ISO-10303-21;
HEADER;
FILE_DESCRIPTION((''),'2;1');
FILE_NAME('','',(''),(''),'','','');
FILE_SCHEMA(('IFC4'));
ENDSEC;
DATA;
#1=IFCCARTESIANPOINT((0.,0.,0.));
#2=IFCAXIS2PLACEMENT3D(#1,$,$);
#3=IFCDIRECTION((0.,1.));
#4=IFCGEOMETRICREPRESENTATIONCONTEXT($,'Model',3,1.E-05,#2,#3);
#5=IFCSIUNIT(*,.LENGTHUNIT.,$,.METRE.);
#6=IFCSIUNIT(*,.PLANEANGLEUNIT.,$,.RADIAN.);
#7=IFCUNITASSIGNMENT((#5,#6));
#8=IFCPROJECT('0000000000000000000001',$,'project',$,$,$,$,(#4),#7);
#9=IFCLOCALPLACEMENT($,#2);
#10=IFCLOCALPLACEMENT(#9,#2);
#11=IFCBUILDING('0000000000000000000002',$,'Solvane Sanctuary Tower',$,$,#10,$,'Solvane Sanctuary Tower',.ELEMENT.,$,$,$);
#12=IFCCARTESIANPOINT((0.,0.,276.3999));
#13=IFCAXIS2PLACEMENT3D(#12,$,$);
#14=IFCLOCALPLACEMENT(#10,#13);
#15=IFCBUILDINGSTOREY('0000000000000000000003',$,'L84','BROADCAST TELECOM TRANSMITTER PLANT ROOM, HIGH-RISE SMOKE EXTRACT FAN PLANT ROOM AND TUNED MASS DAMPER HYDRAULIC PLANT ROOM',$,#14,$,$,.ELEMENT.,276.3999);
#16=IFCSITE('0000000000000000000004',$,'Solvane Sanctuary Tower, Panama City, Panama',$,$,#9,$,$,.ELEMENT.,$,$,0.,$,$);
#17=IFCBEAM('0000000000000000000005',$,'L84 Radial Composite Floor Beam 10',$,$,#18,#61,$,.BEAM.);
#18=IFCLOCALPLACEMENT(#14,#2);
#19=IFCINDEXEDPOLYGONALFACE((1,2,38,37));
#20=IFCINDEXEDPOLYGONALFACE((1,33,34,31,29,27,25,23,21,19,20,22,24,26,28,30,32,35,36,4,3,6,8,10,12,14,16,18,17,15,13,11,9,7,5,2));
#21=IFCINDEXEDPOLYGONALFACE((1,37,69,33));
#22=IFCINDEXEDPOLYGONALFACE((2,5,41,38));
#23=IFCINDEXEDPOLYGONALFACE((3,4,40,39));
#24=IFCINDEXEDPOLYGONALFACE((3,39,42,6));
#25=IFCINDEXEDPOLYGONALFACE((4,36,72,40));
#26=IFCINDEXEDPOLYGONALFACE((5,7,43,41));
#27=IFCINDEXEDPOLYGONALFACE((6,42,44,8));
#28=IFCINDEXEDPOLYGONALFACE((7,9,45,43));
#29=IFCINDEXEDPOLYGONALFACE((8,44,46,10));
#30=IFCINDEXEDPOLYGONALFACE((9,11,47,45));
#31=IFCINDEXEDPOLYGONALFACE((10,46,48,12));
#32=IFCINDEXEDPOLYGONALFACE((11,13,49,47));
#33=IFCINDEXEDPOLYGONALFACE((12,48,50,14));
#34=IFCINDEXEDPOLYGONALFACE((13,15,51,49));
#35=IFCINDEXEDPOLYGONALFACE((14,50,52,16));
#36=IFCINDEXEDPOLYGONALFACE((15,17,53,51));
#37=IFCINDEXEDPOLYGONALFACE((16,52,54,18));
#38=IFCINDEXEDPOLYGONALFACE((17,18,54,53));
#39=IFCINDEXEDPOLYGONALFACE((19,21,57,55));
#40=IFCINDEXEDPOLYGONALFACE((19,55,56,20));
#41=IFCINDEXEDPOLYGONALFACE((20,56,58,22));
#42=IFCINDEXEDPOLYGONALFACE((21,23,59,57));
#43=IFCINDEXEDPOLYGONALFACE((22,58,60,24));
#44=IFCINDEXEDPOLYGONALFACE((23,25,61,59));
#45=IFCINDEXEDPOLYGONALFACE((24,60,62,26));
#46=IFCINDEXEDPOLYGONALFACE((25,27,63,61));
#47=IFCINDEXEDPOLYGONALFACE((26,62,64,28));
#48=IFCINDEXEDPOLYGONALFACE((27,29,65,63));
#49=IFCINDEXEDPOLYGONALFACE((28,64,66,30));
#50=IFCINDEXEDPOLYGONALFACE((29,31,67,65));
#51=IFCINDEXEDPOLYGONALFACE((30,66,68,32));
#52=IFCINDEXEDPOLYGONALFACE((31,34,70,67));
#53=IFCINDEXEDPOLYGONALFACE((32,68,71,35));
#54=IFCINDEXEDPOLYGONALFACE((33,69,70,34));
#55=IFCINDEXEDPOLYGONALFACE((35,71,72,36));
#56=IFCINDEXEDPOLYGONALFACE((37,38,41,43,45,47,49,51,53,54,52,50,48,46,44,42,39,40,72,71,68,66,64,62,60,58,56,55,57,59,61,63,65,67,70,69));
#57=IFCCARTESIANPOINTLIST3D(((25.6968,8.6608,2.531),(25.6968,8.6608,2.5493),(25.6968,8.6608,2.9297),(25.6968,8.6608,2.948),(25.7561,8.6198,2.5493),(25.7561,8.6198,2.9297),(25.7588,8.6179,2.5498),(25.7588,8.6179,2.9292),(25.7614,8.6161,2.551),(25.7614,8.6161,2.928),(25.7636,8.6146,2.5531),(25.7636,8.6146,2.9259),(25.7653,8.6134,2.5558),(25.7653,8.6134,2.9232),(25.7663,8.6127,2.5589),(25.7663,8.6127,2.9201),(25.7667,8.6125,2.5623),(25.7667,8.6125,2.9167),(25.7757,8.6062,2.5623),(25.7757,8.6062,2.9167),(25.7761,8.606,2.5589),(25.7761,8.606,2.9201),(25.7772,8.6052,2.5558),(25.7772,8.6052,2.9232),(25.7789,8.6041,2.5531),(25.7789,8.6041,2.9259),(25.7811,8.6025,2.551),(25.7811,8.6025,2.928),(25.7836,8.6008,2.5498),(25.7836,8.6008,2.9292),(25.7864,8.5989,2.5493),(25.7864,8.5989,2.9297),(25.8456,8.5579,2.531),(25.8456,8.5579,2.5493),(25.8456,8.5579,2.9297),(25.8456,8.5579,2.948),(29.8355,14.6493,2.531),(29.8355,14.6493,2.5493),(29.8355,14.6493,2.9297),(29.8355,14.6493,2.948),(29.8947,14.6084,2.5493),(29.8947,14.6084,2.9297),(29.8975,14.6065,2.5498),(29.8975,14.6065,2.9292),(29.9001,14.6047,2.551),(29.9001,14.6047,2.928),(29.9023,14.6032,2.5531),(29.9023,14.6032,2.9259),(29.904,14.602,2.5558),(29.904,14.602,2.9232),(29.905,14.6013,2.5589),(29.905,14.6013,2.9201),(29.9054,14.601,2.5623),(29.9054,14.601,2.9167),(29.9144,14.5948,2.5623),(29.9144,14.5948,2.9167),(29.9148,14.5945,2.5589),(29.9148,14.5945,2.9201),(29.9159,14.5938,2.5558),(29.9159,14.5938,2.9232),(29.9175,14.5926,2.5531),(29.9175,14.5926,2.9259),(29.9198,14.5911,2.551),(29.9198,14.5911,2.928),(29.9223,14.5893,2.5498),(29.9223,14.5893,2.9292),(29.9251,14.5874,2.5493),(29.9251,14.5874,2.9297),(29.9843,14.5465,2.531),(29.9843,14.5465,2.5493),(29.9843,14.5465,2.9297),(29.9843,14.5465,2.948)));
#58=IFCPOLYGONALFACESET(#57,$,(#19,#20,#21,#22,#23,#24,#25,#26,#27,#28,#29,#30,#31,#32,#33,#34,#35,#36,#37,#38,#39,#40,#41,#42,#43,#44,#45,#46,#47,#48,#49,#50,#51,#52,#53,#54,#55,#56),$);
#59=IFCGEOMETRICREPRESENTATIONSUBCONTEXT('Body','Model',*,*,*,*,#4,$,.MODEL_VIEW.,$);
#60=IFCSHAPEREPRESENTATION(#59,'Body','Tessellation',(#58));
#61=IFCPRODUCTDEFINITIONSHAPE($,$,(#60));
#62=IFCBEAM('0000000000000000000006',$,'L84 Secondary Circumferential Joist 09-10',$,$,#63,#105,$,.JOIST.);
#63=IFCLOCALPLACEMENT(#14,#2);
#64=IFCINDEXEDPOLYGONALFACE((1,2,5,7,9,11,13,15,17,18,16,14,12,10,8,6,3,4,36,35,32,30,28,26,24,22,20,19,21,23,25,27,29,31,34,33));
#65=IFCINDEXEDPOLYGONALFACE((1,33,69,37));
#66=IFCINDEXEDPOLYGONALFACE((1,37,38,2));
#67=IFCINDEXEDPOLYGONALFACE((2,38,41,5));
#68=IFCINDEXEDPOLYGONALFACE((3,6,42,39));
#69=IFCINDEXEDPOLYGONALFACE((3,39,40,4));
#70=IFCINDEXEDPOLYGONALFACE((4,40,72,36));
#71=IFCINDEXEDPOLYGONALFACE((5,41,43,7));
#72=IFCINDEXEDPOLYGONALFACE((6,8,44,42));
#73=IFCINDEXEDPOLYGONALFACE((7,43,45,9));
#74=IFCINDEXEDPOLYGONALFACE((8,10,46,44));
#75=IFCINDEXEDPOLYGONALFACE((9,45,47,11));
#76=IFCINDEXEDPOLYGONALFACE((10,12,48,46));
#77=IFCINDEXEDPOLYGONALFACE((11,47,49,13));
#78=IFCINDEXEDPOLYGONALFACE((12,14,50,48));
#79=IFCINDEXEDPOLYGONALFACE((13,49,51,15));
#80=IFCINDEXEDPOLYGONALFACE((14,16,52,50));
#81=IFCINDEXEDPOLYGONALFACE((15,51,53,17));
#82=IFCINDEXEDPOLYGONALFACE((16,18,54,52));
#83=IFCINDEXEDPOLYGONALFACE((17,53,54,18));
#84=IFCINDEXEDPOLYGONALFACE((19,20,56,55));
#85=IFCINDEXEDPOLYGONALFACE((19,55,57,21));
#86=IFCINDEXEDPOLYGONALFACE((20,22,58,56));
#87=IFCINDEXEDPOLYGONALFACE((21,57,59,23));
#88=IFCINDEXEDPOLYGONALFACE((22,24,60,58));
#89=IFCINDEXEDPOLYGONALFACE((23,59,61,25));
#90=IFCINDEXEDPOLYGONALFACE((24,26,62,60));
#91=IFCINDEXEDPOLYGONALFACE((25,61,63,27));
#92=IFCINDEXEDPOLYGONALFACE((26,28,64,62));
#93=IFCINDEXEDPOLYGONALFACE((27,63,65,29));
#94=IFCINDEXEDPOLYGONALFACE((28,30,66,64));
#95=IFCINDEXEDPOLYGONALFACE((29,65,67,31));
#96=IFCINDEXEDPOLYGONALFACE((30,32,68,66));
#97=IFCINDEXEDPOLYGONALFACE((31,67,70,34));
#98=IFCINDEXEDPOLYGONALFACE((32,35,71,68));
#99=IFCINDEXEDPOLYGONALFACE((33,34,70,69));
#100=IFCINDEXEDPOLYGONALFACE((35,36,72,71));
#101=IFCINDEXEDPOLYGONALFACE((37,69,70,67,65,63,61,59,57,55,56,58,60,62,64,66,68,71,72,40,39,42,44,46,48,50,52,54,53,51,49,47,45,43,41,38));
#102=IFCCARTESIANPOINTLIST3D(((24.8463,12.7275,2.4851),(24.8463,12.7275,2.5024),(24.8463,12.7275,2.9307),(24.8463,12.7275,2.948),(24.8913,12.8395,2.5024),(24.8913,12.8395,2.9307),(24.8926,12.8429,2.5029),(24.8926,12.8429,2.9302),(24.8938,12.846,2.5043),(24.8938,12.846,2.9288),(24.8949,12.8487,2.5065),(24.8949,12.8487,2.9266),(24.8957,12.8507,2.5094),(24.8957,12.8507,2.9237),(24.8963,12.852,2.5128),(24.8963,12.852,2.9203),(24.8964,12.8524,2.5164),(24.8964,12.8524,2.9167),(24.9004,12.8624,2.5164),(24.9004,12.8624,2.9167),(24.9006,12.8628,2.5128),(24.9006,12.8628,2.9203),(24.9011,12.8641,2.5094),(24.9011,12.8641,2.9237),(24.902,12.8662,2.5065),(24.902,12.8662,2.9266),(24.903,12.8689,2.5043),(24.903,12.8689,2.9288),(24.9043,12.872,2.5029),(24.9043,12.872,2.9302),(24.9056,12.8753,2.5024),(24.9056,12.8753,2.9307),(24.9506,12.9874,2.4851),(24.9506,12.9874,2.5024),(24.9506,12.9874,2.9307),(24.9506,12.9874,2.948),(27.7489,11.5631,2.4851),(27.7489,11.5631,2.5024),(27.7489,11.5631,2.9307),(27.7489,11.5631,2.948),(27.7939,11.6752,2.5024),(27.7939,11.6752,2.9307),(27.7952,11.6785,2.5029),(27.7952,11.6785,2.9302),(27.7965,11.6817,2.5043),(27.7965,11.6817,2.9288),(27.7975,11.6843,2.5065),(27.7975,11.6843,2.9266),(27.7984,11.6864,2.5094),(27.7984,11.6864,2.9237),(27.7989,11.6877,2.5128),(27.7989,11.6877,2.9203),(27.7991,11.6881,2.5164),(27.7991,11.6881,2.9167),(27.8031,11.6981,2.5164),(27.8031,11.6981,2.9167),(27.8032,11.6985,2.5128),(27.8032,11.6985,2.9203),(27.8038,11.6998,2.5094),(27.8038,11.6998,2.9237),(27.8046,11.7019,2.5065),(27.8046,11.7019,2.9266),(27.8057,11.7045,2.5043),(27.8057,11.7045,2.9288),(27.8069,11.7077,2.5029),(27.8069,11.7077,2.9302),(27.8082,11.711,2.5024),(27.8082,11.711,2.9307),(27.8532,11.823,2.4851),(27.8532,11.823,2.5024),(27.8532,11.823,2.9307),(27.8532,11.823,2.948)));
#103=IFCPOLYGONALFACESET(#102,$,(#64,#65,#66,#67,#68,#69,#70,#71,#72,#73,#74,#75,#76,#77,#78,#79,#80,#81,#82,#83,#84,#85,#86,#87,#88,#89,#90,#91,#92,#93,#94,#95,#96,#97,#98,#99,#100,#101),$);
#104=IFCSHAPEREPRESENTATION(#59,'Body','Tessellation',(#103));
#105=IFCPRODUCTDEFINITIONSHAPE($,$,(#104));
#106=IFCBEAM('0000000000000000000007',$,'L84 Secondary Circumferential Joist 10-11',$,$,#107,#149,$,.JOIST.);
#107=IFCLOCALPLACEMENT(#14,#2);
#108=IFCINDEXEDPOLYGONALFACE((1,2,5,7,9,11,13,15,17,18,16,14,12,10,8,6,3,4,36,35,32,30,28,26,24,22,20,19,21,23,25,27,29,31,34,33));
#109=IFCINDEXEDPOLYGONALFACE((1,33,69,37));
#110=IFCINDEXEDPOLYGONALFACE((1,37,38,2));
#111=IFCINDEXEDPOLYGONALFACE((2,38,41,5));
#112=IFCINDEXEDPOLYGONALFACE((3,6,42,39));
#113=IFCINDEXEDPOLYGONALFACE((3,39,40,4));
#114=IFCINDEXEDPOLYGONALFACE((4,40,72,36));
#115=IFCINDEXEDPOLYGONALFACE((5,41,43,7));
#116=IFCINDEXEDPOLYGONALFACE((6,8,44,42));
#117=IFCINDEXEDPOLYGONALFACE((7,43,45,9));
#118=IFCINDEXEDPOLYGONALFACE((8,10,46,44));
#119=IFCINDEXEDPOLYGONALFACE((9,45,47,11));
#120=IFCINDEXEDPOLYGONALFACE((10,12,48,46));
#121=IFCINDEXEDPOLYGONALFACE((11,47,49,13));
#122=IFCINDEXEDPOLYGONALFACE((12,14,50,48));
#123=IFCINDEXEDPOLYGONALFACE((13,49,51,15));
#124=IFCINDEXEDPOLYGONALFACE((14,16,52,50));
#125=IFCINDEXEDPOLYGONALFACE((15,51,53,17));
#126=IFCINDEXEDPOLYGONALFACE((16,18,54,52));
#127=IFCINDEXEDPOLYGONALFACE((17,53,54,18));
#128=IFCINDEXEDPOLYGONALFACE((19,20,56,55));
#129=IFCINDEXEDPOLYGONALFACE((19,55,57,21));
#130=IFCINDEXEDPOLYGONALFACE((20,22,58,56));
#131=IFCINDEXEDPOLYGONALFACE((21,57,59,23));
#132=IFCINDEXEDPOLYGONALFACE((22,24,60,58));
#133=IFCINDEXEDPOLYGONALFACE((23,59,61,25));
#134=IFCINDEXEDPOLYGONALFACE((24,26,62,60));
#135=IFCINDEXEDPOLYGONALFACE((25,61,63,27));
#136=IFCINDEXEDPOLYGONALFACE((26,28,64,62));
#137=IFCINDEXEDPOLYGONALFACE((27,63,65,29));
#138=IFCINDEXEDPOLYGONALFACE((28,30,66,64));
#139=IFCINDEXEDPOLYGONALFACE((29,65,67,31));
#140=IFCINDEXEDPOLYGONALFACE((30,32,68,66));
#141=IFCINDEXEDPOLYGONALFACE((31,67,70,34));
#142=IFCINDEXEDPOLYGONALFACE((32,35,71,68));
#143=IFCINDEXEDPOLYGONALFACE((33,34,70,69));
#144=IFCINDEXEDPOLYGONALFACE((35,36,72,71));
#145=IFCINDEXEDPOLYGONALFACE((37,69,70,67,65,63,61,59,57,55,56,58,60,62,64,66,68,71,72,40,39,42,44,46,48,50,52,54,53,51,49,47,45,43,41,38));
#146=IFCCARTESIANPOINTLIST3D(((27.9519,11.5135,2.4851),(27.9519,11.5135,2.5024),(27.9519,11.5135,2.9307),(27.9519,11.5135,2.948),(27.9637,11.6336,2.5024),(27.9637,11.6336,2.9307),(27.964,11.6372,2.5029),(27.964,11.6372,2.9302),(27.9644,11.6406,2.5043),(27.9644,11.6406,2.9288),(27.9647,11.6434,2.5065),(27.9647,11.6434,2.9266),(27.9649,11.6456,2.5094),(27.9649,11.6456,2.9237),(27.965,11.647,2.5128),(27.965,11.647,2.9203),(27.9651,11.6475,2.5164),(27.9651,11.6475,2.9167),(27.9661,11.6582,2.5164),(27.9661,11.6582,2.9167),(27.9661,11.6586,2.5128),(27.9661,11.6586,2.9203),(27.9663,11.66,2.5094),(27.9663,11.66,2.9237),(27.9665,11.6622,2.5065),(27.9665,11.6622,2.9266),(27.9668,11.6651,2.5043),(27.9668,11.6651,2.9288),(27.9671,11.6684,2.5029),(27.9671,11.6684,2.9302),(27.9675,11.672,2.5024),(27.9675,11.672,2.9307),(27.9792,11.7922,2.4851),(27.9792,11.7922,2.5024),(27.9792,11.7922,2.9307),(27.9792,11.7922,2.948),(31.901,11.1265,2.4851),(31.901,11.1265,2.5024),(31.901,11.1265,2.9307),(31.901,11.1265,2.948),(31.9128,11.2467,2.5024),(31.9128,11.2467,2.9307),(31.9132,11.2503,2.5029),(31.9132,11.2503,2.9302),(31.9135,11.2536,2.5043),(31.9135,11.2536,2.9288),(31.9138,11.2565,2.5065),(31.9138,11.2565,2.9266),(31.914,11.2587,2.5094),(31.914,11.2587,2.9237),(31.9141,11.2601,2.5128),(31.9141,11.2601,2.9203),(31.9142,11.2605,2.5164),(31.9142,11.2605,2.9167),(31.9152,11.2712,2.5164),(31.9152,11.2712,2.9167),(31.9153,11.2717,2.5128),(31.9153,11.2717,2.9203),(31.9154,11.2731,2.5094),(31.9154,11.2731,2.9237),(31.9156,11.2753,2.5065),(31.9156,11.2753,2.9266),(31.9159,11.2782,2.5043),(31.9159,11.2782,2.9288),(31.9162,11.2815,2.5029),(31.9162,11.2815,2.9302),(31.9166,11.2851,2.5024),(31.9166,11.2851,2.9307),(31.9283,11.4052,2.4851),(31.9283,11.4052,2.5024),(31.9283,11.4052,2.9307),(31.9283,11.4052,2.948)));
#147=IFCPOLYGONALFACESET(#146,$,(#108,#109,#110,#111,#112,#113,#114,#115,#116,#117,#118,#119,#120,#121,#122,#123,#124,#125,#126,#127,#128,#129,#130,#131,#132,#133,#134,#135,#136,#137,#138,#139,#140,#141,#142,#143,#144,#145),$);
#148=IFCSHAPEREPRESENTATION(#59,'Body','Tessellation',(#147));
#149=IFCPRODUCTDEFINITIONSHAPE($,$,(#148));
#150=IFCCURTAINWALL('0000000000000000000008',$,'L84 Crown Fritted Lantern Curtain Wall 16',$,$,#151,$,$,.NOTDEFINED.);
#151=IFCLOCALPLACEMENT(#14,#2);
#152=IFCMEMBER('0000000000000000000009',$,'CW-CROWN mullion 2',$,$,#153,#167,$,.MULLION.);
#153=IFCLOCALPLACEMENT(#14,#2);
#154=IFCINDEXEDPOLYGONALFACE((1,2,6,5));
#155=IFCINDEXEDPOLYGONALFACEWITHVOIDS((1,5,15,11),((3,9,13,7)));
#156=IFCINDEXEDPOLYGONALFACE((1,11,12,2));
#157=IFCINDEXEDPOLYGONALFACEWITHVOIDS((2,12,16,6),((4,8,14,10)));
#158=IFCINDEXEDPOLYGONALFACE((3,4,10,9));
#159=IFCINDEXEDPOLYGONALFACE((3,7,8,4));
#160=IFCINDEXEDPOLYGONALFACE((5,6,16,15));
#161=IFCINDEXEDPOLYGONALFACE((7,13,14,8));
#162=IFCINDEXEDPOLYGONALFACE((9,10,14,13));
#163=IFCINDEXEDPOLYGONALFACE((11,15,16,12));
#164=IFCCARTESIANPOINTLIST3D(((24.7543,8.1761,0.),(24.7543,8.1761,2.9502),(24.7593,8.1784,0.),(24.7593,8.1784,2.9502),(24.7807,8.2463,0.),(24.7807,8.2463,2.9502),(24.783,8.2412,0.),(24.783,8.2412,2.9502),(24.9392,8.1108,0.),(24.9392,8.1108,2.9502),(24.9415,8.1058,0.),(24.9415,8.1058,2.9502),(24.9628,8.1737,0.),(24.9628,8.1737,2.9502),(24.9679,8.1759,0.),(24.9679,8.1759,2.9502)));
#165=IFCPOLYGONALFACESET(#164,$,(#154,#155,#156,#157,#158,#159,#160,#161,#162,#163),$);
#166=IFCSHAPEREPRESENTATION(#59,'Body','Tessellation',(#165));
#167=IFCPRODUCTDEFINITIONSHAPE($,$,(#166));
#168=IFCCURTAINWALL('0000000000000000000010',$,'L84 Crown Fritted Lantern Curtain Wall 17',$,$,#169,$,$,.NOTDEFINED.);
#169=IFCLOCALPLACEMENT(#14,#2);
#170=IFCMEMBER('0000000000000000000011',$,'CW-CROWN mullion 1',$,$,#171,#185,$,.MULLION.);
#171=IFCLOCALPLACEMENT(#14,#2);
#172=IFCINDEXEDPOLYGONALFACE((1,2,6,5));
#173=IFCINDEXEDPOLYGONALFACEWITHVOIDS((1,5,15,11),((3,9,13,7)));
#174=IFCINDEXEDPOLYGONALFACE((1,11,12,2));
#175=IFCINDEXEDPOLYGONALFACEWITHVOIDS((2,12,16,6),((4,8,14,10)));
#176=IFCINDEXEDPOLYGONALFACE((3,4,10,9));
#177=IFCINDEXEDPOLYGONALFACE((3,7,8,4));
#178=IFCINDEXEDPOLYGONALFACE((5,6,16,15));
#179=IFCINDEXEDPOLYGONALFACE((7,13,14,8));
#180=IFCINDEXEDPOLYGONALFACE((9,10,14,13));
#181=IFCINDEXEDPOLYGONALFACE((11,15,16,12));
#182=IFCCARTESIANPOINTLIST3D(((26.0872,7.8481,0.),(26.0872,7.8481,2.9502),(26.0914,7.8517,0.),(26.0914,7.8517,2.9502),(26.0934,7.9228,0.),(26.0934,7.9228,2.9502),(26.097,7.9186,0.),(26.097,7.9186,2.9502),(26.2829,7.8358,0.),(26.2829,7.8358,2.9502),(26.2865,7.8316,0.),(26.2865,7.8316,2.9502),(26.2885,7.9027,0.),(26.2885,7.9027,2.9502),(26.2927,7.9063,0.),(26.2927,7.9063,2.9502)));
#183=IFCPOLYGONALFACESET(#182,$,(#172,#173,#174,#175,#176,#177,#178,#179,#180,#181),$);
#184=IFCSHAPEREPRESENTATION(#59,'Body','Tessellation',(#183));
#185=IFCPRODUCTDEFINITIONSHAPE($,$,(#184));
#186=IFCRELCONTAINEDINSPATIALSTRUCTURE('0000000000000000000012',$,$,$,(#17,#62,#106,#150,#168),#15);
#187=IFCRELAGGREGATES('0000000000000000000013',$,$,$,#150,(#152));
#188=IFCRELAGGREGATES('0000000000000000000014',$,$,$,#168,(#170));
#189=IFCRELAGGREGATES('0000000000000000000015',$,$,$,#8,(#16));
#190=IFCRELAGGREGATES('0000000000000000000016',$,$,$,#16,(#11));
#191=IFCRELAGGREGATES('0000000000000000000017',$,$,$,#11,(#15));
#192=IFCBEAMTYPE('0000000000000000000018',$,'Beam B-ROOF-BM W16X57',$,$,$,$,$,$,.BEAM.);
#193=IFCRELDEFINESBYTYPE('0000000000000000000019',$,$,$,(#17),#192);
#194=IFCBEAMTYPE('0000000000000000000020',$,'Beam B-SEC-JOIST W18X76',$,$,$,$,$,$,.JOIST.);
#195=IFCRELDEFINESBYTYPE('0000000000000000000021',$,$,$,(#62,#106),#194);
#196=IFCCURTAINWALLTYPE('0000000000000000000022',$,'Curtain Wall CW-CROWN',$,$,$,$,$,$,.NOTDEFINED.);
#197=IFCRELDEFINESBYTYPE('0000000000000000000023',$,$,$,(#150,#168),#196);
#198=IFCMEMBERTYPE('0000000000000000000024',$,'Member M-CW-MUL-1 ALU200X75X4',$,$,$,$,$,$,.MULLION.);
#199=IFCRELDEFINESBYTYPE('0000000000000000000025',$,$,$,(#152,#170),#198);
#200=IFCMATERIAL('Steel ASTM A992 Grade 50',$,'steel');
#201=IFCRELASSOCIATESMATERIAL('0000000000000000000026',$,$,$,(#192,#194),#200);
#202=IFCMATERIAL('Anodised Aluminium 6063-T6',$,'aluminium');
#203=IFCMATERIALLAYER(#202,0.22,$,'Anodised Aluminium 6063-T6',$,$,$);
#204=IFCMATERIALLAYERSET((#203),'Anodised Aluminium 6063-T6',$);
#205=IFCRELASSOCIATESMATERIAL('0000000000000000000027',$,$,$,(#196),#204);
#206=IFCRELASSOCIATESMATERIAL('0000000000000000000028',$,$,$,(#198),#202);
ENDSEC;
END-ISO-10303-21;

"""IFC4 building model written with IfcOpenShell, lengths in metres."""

from ifc_helpers import new_model, si_unit, direction, frame, origin, origin_2d, place, context, subcontext, project, spatial, hollow_rectangle, i_section, extrude, material, layer, layer_set, material_profile, profile_set, type_object, element, aggregate, save


model = new_model("IFC4")

# Units and contexts
model_context = context("Model", 3, precision=1e-05, world=origin(), true_north=direction((0.0, 1.0)))
body_context = subcontext(model_context, "Body", "Model", "MODEL_VIEW")
ifc_project = project(units=[si_unit("LENGTHUNIT", "METRE"), si_unit("PLANEANGLEUNIT", "RADIAN")], contexts=[model_context])

# Site, building, storey
site_placement = place(None, origin())
site = spatial("IfcSite", under=ifc_project, at=site_placement, Name="Solvane Sanctuary Tower, Panama City, Panama", CompositionType="ELEMENT", RefElevation=0.0)
building_placement = place(site_placement, origin())
building = spatial("IfcBuilding", under=site, at=building_placement, Name="Solvane Sanctuary Tower", LongName="Solvane Sanctuary Tower", CompositionType="ELEMENT")
storey_placement = place(building_placement, frame((0.0, 0.0, 276.3999)))
storey = spatial("IfcBuildingStorey", under=building, at=storey_placement, Name="L84", Description="BROADCAST TELECOM TRANSMITTER PLANT ROOM, HIGH-RISE SMOKE EXTRACT FAN PLANT ROOM AND TUNED MASS DAMPER HYDRAULIC PLANT ROOM", CompositionType="ELEMENT", Elevation=276.3999)

# Beams
ifc_material_1 = material(Name="Steel ASTM A992 Grade 50", Category="steel")
ifc_material_profile_1 = material_profile(ifc_material_1, i_section(OverallWidth=0.1809, OverallDepth=0.417, WebThickness=0.011, FlangeThickness=0.0183, FilletRadius=0.0129, at=origin_2d()), Name="W16X57")
ifc_profile_set_1 = profile_set([ifc_material_profile_1], Name="Steel ASTM A992 Grade 50")
beam_type_1 = type_object("IfcBeamType", Name="Beam B-ROOF-BM W16X57", PredefinedType="BEAM", material=ifc_profile_set_1)
beam_1_placement = place(storey_placement, frame((29.9099, 14.5979, 2.7395), z_axis=(-0.568538, -0.822657, 0.0), x_axis=(0.822657, -0.568538, 0.0)))
element("IfcBeam", 1, at=beam_1_placement, inside=storey, type_object=beam_type_1, Name="L84 Radial Composite Floor Beam 10", PredefinedType="BEAM", context=body_context, shape_type="SweptSolid", body=[
    extrude(i_section(OverallWidth=0.1809, OverallDepth=0.417, WebThickness=0.011, FlangeThickness=0.0183, FilletRadius=0.0129, at=origin_2d()), origin(), (0.0, 0.0, 1.0), 7.2795),
])
ifc_material_profile_2 = material_profile(ifc_material_1, i_section(OverallWidth=0.28, OverallDepth=0.4629, WebThickness=0.0107, FlangeThickness=0.0173, FilletRadius=0.0139, at=origin_2d()), Name="W18X76")
ifc_profile_set_2 = profile_set([ifc_material_profile_2], Name="Steel ASTM A992 Grade 50")
beam_type_2 = type_object("IfcBeamType", Name="Beam B-SEC-JOIST W18X76", PredefinedType="JOIST", material=ifc_profile_set_2)
beam_2_placement = place(storey_placement, frame((24.8984, 12.8574, 2.7166), z_axis=(0.928116, -0.372292, 0.0), x_axis=(0.372292, 0.928116, 0.0)))
element("IfcBeam", 2, at=beam_2_placement, inside=storey, type_object=beam_type_2, Name="L84 Secondary Circumferential Joist 09-10", PredefinedType="JOIST", context=body_context, shape_type="SweptSolid", body=[
    extrude(i_section(OverallWidth=0.28, OverallDepth=0.4629, WebThickness=0.0107, FlangeThickness=0.0173, FilletRadius=0.0139, at=origin_2d()), origin(), (0.0, 0.0, 1.0), 3.1274),
])
beam_3_placement = place(storey_placement, frame((27.9656, 11.6528, 2.7166), z_axis=(0.995234, -0.097518, 0.0), x_axis=(0.097518, 0.995234, 0.0)))
element("IfcBeam", 3, at=beam_3_placement, inside=storey, type_object=beam_type_2, Name="L84 Secondary Circumferential Joist 10-11", PredefinedType="JOIST", context=body_context, shape_type="SweptSolid", body=[
    extrude(i_section(OverallWidth=0.28, OverallDepth=0.4629, WebThickness=0.0107, FlangeThickness=0.0173, FilletRadius=0.0139, at=origin_2d()), origin(), (0.0, 0.0, 1.0), 3.968),
])

# Curtain wall, member
ifc_material_2 = material(Name="Anodised Aluminium 6063-T6", Category="aluminium")
ifc_layer_1 = layer(ifc_material_2, 0.22, Name="Anodised Aluminium 6063-T6")
ifc_layer_set_1 = layer_set([ifc_layer_1], Name="Anodised Aluminium 6063-T6")
curtain_wall_type = type_object("IfcCurtainWallType", Name="Curtain Wall CW-CROWN", PredefinedType="NOTDEFINED", material=ifc_layer_set_1)
curtain_wall_1_placement = place(storey_placement, origin())
curtain_wall_1 = element("IfcCurtainWall", 4, at=curtain_wall_1_placement, inside=storey, type_object=curtain_wall_type, Name="L84 Crown Fritted Lantern Curtain Wall 16", PredefinedType="NOTDEFINED")
ifc_material_profile_3 = material_profile(ifc_material_2, hollow_rectangle(XDim=0.075, YDim=0.2, WallThickness=0.0039, at=origin_2d()), Name="ALU200X75X4")
ifc_profile_set_3 = profile_set([ifc_material_profile_3], Name="Anodised Aluminium 6063-T6")
member_type_1 = type_object("IfcMemberType", Name="Member M-CW-MUL-1 ALU200X75X4", PredefinedType="MULLION", material=ifc_profile_set_3)
member_1_placement = place(storey_placement, frame((24.8611, 8.176, 0.0), z_axis=(0.0, 0.0, 1.0), x_axis=(0.351811, 0.936071, 0.0)))
member_1 = element("IfcMember", 5, at=member_1_placement, type_object=member_type_1, Name="CW-CROWN mullion 2", PredefinedType="MULLION", context=body_context, shape_type="SweptSolid", body=[
    extrude(hollow_rectangle(XDim=0.075, YDim=0.2, WallThickness=0.0039, at=origin_2d()), origin(), (0.0, 0.0, 1.0), 2.9502),
])
aggregate(curtain_wall_1, [member_1])

# Curtain wall, member
curtain_wall_2_placement = place(storey_placement, origin())
curtain_wall_2 = element("IfcCurtainWall", 6, at=curtain_wall_2_placement, inside=storey, type_object=curtain_wall_type, Name="L84 Crown Fritted Lantern Curtain Wall 17", PredefinedType="NOTDEFINED")
member_2_placement = place(storey_placement, frame((26.1899, 7.8772, 0.0), z_axis=(0.0, 0.0, 1.0), x_axis=(0.08272, 0.996573, 0.0)))
member_2 = element("IfcMember", 7, at=member_2_placement, type_object=member_type_1, Name="CW-CROWN mullion 1", PredefinedType="MULLION", context=body_context, shape_type="SweptSolid", body=[
    extrude(hollow_rectangle(XDim=0.075, YDim=0.2, WallThickness=0.0039, at=origin_2d()), origin(), (0.0, 0.0, 1.0), 2.9502),
])
aggregate(curtain_wall_2, [member_2])

save(model, "model.ifc")
